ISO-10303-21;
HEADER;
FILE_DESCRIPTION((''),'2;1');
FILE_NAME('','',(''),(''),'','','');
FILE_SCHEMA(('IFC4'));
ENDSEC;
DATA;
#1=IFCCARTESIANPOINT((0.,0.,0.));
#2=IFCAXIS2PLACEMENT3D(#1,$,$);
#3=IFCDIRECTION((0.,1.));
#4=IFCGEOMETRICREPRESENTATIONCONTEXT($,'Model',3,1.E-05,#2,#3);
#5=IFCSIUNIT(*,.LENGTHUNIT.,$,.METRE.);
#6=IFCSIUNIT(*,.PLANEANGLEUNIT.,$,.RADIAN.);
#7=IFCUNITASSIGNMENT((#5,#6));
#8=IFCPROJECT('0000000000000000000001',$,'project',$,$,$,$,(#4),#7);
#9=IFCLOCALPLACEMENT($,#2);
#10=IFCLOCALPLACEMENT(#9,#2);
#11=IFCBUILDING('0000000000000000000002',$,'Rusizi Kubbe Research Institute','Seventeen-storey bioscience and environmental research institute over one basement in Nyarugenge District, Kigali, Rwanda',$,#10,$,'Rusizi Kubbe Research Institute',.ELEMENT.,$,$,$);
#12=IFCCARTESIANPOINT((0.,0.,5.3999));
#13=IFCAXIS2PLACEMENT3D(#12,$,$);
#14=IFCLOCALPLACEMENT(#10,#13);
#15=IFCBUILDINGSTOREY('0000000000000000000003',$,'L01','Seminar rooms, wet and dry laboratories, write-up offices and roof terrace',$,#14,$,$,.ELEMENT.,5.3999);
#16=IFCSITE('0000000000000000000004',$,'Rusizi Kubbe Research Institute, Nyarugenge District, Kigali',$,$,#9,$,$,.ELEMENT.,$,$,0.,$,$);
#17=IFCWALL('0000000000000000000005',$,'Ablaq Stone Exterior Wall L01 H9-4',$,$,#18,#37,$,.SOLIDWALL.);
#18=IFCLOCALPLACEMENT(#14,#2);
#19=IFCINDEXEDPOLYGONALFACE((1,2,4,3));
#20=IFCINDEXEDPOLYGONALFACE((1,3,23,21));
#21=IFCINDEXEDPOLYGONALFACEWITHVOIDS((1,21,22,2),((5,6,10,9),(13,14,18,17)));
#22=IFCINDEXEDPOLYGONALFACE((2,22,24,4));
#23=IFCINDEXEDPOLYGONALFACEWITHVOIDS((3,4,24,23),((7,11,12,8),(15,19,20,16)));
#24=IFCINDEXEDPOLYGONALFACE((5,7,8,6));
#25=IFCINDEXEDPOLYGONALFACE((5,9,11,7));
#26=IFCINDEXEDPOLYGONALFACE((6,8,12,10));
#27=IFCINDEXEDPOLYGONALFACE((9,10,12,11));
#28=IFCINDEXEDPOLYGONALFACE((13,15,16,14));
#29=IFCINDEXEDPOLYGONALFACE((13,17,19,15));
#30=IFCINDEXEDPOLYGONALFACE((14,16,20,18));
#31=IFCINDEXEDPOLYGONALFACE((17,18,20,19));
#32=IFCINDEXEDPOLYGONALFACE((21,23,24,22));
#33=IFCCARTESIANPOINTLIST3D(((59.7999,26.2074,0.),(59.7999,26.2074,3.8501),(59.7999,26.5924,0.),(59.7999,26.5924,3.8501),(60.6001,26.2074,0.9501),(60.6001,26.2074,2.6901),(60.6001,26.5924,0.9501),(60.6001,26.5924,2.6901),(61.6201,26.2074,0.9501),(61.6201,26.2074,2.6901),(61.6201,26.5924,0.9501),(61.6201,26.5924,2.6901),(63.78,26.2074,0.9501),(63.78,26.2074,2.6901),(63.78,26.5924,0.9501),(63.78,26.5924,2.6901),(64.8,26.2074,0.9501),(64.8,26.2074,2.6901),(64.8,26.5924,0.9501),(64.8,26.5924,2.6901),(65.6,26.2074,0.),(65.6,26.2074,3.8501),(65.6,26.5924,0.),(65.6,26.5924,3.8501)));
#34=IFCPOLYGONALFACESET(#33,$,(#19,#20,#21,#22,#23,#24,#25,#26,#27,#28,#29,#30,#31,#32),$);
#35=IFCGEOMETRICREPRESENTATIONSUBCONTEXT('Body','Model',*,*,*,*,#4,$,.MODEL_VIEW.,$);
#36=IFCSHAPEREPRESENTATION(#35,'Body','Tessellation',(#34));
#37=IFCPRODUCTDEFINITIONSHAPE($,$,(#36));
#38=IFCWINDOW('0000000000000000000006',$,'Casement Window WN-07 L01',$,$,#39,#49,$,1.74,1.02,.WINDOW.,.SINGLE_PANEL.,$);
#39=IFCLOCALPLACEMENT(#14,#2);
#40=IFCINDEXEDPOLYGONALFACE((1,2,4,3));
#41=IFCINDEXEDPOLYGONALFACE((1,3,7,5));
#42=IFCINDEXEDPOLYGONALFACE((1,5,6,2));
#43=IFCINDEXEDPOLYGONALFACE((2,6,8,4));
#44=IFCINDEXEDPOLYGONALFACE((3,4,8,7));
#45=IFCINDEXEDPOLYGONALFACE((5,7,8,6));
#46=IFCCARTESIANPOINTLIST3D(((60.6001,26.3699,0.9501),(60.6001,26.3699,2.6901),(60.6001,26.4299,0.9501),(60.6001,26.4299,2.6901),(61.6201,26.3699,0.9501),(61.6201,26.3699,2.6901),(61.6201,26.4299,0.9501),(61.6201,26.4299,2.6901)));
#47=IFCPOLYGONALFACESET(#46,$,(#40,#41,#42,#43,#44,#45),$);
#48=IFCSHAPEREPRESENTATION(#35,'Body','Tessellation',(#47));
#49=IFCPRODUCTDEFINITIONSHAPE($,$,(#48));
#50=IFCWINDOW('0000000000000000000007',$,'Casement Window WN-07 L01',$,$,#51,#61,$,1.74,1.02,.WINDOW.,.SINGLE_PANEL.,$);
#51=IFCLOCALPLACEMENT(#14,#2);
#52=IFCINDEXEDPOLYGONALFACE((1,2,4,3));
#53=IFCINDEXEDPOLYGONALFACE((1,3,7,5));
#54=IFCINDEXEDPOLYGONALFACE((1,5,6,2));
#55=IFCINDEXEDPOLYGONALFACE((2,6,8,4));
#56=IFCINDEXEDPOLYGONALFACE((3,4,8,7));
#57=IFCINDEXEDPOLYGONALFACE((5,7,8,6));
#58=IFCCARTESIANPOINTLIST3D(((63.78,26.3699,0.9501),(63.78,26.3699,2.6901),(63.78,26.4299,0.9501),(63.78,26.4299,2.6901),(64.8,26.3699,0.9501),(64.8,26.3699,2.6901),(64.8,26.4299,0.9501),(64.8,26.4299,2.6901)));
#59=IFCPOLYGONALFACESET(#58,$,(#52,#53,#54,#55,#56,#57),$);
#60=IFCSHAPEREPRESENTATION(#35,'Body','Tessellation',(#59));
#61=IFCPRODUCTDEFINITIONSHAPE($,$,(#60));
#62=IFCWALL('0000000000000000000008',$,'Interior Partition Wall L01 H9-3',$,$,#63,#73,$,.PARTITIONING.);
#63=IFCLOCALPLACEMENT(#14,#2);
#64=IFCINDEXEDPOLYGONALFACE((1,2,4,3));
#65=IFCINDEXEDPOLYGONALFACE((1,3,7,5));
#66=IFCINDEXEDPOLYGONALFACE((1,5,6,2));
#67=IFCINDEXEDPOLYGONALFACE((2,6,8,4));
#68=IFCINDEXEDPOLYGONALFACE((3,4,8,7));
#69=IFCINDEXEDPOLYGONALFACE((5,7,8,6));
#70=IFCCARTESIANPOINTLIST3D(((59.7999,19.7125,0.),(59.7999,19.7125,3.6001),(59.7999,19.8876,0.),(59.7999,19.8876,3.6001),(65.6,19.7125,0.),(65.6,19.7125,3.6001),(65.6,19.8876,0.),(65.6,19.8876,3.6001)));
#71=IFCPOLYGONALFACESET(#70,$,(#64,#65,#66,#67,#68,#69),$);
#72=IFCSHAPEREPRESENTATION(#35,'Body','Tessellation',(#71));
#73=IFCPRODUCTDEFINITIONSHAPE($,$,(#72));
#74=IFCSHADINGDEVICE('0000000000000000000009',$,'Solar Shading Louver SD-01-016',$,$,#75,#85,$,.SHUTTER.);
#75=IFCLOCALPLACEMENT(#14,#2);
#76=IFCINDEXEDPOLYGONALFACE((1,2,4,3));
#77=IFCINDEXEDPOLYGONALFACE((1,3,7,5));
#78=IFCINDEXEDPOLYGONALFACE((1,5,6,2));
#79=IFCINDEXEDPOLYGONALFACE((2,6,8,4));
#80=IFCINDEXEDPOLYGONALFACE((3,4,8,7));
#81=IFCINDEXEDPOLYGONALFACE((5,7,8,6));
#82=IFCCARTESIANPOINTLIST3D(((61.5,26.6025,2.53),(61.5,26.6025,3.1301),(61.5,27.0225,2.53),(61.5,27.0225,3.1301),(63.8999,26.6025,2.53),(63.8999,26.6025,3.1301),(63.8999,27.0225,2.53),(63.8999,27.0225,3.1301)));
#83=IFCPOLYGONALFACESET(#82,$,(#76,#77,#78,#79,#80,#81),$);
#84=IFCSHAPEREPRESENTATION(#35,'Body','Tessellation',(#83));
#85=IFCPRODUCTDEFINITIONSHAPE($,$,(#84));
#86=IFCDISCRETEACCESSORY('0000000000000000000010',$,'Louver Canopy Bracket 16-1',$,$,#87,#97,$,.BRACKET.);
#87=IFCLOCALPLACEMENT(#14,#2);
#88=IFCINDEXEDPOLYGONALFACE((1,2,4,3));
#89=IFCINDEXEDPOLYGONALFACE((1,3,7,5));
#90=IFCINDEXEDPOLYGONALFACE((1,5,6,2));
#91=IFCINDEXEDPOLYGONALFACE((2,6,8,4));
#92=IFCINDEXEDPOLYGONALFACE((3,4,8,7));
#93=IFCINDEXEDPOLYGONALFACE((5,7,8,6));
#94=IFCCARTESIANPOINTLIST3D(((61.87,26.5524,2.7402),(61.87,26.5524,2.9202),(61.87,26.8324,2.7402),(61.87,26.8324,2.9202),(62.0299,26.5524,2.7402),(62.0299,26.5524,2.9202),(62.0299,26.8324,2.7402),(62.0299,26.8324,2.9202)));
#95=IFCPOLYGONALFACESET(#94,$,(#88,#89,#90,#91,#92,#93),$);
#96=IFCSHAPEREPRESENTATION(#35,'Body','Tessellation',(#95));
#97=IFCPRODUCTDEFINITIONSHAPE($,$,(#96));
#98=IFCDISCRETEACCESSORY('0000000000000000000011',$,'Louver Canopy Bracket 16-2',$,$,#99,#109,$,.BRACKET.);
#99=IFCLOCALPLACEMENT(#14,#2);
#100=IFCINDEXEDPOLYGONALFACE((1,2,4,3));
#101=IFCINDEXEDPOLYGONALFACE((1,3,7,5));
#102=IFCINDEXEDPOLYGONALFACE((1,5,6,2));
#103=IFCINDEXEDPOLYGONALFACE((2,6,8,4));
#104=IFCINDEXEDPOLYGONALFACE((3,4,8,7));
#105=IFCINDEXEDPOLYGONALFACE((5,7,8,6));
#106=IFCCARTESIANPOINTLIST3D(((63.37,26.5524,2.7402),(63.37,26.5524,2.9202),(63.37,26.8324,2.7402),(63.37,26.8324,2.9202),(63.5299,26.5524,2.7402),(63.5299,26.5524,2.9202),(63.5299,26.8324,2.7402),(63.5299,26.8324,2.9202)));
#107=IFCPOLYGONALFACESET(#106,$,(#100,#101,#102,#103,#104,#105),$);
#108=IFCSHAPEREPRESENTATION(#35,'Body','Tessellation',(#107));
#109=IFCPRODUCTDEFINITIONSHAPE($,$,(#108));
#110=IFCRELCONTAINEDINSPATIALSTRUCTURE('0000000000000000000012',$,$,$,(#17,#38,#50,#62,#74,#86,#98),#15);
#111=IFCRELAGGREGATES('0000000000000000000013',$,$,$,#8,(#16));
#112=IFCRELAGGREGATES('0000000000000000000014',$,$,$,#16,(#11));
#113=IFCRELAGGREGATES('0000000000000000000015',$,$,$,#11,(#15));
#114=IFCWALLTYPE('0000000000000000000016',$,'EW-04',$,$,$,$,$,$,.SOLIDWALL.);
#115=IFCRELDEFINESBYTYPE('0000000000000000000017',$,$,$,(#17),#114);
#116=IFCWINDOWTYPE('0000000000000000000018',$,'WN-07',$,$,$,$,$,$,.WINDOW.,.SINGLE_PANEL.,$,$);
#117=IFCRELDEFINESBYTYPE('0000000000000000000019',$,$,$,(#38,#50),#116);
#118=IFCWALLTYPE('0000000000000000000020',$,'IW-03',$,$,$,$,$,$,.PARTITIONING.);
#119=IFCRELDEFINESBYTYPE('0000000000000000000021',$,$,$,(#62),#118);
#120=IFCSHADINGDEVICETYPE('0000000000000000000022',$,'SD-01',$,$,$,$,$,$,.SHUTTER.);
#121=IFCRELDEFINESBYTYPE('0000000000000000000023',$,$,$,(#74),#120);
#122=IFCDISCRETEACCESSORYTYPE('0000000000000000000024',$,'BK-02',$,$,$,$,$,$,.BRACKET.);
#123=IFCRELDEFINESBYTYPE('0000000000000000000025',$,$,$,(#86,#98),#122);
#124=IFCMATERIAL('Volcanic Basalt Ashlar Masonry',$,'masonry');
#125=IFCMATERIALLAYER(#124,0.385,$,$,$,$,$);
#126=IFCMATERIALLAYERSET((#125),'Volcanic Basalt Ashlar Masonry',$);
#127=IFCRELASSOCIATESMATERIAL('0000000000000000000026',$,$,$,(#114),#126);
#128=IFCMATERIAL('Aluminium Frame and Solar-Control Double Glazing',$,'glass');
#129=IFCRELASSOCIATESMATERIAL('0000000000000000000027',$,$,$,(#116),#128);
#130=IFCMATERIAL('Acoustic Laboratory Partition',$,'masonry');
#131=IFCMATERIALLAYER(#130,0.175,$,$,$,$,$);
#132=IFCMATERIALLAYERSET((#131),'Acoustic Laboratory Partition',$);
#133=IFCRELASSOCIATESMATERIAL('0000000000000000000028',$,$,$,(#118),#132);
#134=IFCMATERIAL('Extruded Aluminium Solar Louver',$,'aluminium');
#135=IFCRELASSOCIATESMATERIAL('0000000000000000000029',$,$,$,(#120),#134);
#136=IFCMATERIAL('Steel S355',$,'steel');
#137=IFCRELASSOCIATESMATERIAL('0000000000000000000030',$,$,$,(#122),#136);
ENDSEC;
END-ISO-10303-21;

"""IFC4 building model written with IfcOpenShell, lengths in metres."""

from ifc_helpers import new_model, si_unit, direction, frame, frame_2d, origin, origin_2d, place, context, subcontext, project, spatial, rectangle, extrude, material, layer, layer_set, type_object, element, fill, save


model = new_model("IFC4")

# Units and contexts
model_context = context("Model", 3, precision=1e-05, world=origin(), true_north=direction((0.0, 1.0)))
body_context = subcontext(model_context, "Body", "Model", "MODEL_VIEW")
ifc_project = project(units=[si_unit("LENGTHUNIT", "METRE"), si_unit("PLANEANGLEUNIT", "RADIAN")], contexts=[model_context])

# Site, building, storey
site_placement = place(None, origin())
site = spatial("IfcSite", under=ifc_project, at=site_placement, Name="Rusizi Kubbe Research Institute, Nyarugenge District, Kigali", CompositionType="ELEMENT", RefElevation=0.0)
building_placement = place(site_placement, origin())
building = spatial("IfcBuilding", under=site, at=building_placement, Name="Rusizi Kubbe Research Institute", Description="Seventeen-storey bioscience and environmental research institute over one basement in Nyarugenge District, Kigali, Rwanda", LongName="Rusizi Kubbe Research Institute", CompositionType="ELEMENT")
storey_placement = place(building_placement, frame((0.0, 0.0, 5.3999)))
storey = spatial("IfcBuildingStorey", under=building, at=storey_placement, Name="L01", Description="Seminar rooms, wet and dry laboratories, write-up offices and roof terrace", CompositionType="ELEMENT", Elevation=5.3999)

# Wall, openings, windows
ifc_material_1 = material(Name="Volcanic Basalt Ashlar Masonry", Category="masonry")
ifc_layer_1 = layer(ifc_material_1, 0.385)
ifc_layer_set_1 = layer_set([ifc_layer_1], Name="Volcanic Basalt Ashlar Masonry")
wall_type_1 = type_object("IfcWallType", Name="EW-04", PredefinedType="SOLIDWALL", material=ifc_layer_set_1)
wall_1_placement = place(storey_placement, frame((59.8, 26.3999, 0.0), z_axis=(0.0, 0.0, 1.0), x_axis=(1.0, 0.0, 0.0)))
wall_1 = element("IfcWall", 1, at=wall_1_placement, inside=storey, type_object=wall_type_1, Name="Ablaq Stone Exterior Wall L01 H9-4", PredefinedType="SOLIDWALL", context=body_context, shape_type="SweptSolid", body=[
    extrude(rectangle(XDim=5.8, YDim=0.385, at=frame_2d((2.8999, 0.0))), origin(), (0.0, 0.0, 1.0), 3.8501),
])
opening_1_placement = place(wall_1_placement, frame((0.8, 0.0, 0.95)))
opening_1 = element("IfcOpeningElement", 2, at=opening_1_placement, cuts=wall_1, PredefinedType="OPENING", context=body_context, shape_type="SweptSolid", body=[
    extrude(rectangle(XDim=1.02, YDim=1.74, at=frame_2d((0.51, 0.8701))), frame((0.0, 0.2024, 0.0), z_axis=(0.0, -1.0, 0.0), x_axis=(1.0, 0.0, 0.0)), (0.0, 0.0, 1.0), 0.405),
])
opening_2_placement = place(wall_1_placement, frame((3.98, 0.0, 0.95)))
opening_2 = element("IfcOpeningElement", 3, at=opening_2_placement, cuts=wall_1, PredefinedType="OPENING", context=body_context, shape_type="SweptSolid", body=[
    extrude(rectangle(XDim=1.02, YDim=1.74, at=frame_2d((0.51, 0.8701))), frame((0.0, 0.2024, 0.0), z_axis=(0.0, -1.0, 0.0), x_axis=(1.0, 0.0, 0.0)), (0.0, 0.0, 1.0), 0.405),
])
ifc_material_2 = material(Name="Aluminium Frame and Solar-Control Double Glazing", Category="glass")
window_type = type_object("IfcWindowType", Name="WN-07", PartitioningType="SINGLE_PANEL", PredefinedType="WINDOW", material=ifc_material_2)
window_1_placement = place(opening_1_placement, origin())
window_1 = element("IfcWindow", 4, at=window_1_placement, inside=storey, type_object=window_type, Name="Casement Window WN-07 L01", OverallHeight=1.74, OverallWidth=1.02, PartitioningType="SINGLE_PANEL", PredefinedType="WINDOW", context=body_context, shape_type="SweptSolid", body=[
    extrude(rectangle(XDim=1.02, YDim=1.74, at=frame_2d((0.51, 0.8701))), frame((0.0, 0.03, 0.0), z_axis=(0.0, -1.0, 0.0), x_axis=(1.0, 0.0, 0.0)), (0.0, 0.0, 1.0), 0.0601),
])
fill(opening_1, window_1)
window_2_placement = place(opening_2_placement, origin())
window_2 = element("IfcWindow", 5, at=window_2_placement, inside=storey, type_object=window_type, Name="Casement Window WN-07 L01", OverallHeight=1.74, OverallWidth=1.02, PartitioningType="SINGLE_PANEL", PredefinedType="WINDOW", context=body_context, shape_type="SweptSolid", body=[
    extrude(rectangle(XDim=1.02, YDim=1.74, at=frame_2d((0.51, 0.8701))), frame((0.0, 0.03, 0.0), z_axis=(0.0, -1.0, 0.0), x_axis=(1.0, 0.0, 0.0)), (0.0, 0.0, 1.0), 0.0601),
])
fill(opening_2, window_2)

# Wall
ifc_material_3 = material(Name="Acoustic Laboratory Partition", Category="masonry")
ifc_layer_2 = layer(ifc_material_3, 0.175)
ifc_layer_set_2 = layer_set([ifc_layer_2], Name="Acoustic Laboratory Partition")
wall_type_2 = type_object("IfcWallType", Name="IW-03", PredefinedType="PARTITIONING", material=ifc_layer_set_2)
wall_2_placement = place(storey_placement, frame((59.8, 19.8, 0.0), z_axis=(0.0, 0.0, 1.0), x_axis=(1.0, 0.0, 0.0)))
element("IfcWall", 6, at=wall_2_placement, inside=storey, type_object=wall_type_2, Name="Interior Partition Wall L01 H9-3", PredefinedType="PARTITIONING", context=body_context, shape_type="SweptSolid", body=[
    extrude(rectangle(XDim=5.8, YDim=0.175, at=frame_2d((2.8999, 0.0))), origin(), (0.0, 0.0, 1.0), 3.6001),
])

# Shading device
ifc_material_4 = material(Name="Extruded Aluminium Solar Louver", Category="aluminium")
shading_device_type = type_object("IfcShadingDeviceType", Name="SD-01", PredefinedType="SHUTTER", material=ifc_material_4)
shading_device_placement = place(storey_placement, frame((62.7, 26.8125, 2.53), z_axis=(0.0, 0.0, 1.0), x_axis=(1.0, 0.0, 0.0)))
element("IfcShadingDevice", 7, at=shading_device_placement, inside=storey, type_object=shading_device_type, Name="Solar Shading Louver SD-01-016", PredefinedType="SHUTTER", context=body_context, shape_type="SweptSolid", body=[
    extrude(rectangle(XDim=2.3999, YDim=0.4199, at=origin_2d()), origin(), (0.0, 0.0, 1.0), 0.6001),
])

# Discrete accessories
ifc_material_5 = material(Name="Steel S355", Category="steel")
discrete_accessory_type = type_object("IfcDiscreteAccessoryType", Name="BK-02", PredefinedType="BRACKET", material=ifc_material_5)
for number, where, z_axis, x_axis, name in (
    (8, (61.95, 26.6924, 2.7402), (0.0, 0.0, 1.0), (1.0, 0.0, 0.0), "Louver Canopy Bracket 16-1"),
    (9, (63.45, 26.6924, 2.7402), (0.0, 0.0, 1.0), (1.0, 0.0, 0.0), "Louver Canopy Bracket 16-2"),
):
    element("IfcDiscreteAccessory", number, at=place(storey_placement, frame(where, z_axis=z_axis, x_axis=x_axis)), inside=storey, type_object=discrete_accessory_type, Name=name, PredefinedType="BRACKET", context=body_context, shape_type="SweptSolid", body=[
        extrude(rectangle(XDim=0.1599, YDim=0.28, at=origin_2d()), origin(), (0.0, 0.0, 1.0), 0.1799),
    ])

save(model, "model.ifc")
